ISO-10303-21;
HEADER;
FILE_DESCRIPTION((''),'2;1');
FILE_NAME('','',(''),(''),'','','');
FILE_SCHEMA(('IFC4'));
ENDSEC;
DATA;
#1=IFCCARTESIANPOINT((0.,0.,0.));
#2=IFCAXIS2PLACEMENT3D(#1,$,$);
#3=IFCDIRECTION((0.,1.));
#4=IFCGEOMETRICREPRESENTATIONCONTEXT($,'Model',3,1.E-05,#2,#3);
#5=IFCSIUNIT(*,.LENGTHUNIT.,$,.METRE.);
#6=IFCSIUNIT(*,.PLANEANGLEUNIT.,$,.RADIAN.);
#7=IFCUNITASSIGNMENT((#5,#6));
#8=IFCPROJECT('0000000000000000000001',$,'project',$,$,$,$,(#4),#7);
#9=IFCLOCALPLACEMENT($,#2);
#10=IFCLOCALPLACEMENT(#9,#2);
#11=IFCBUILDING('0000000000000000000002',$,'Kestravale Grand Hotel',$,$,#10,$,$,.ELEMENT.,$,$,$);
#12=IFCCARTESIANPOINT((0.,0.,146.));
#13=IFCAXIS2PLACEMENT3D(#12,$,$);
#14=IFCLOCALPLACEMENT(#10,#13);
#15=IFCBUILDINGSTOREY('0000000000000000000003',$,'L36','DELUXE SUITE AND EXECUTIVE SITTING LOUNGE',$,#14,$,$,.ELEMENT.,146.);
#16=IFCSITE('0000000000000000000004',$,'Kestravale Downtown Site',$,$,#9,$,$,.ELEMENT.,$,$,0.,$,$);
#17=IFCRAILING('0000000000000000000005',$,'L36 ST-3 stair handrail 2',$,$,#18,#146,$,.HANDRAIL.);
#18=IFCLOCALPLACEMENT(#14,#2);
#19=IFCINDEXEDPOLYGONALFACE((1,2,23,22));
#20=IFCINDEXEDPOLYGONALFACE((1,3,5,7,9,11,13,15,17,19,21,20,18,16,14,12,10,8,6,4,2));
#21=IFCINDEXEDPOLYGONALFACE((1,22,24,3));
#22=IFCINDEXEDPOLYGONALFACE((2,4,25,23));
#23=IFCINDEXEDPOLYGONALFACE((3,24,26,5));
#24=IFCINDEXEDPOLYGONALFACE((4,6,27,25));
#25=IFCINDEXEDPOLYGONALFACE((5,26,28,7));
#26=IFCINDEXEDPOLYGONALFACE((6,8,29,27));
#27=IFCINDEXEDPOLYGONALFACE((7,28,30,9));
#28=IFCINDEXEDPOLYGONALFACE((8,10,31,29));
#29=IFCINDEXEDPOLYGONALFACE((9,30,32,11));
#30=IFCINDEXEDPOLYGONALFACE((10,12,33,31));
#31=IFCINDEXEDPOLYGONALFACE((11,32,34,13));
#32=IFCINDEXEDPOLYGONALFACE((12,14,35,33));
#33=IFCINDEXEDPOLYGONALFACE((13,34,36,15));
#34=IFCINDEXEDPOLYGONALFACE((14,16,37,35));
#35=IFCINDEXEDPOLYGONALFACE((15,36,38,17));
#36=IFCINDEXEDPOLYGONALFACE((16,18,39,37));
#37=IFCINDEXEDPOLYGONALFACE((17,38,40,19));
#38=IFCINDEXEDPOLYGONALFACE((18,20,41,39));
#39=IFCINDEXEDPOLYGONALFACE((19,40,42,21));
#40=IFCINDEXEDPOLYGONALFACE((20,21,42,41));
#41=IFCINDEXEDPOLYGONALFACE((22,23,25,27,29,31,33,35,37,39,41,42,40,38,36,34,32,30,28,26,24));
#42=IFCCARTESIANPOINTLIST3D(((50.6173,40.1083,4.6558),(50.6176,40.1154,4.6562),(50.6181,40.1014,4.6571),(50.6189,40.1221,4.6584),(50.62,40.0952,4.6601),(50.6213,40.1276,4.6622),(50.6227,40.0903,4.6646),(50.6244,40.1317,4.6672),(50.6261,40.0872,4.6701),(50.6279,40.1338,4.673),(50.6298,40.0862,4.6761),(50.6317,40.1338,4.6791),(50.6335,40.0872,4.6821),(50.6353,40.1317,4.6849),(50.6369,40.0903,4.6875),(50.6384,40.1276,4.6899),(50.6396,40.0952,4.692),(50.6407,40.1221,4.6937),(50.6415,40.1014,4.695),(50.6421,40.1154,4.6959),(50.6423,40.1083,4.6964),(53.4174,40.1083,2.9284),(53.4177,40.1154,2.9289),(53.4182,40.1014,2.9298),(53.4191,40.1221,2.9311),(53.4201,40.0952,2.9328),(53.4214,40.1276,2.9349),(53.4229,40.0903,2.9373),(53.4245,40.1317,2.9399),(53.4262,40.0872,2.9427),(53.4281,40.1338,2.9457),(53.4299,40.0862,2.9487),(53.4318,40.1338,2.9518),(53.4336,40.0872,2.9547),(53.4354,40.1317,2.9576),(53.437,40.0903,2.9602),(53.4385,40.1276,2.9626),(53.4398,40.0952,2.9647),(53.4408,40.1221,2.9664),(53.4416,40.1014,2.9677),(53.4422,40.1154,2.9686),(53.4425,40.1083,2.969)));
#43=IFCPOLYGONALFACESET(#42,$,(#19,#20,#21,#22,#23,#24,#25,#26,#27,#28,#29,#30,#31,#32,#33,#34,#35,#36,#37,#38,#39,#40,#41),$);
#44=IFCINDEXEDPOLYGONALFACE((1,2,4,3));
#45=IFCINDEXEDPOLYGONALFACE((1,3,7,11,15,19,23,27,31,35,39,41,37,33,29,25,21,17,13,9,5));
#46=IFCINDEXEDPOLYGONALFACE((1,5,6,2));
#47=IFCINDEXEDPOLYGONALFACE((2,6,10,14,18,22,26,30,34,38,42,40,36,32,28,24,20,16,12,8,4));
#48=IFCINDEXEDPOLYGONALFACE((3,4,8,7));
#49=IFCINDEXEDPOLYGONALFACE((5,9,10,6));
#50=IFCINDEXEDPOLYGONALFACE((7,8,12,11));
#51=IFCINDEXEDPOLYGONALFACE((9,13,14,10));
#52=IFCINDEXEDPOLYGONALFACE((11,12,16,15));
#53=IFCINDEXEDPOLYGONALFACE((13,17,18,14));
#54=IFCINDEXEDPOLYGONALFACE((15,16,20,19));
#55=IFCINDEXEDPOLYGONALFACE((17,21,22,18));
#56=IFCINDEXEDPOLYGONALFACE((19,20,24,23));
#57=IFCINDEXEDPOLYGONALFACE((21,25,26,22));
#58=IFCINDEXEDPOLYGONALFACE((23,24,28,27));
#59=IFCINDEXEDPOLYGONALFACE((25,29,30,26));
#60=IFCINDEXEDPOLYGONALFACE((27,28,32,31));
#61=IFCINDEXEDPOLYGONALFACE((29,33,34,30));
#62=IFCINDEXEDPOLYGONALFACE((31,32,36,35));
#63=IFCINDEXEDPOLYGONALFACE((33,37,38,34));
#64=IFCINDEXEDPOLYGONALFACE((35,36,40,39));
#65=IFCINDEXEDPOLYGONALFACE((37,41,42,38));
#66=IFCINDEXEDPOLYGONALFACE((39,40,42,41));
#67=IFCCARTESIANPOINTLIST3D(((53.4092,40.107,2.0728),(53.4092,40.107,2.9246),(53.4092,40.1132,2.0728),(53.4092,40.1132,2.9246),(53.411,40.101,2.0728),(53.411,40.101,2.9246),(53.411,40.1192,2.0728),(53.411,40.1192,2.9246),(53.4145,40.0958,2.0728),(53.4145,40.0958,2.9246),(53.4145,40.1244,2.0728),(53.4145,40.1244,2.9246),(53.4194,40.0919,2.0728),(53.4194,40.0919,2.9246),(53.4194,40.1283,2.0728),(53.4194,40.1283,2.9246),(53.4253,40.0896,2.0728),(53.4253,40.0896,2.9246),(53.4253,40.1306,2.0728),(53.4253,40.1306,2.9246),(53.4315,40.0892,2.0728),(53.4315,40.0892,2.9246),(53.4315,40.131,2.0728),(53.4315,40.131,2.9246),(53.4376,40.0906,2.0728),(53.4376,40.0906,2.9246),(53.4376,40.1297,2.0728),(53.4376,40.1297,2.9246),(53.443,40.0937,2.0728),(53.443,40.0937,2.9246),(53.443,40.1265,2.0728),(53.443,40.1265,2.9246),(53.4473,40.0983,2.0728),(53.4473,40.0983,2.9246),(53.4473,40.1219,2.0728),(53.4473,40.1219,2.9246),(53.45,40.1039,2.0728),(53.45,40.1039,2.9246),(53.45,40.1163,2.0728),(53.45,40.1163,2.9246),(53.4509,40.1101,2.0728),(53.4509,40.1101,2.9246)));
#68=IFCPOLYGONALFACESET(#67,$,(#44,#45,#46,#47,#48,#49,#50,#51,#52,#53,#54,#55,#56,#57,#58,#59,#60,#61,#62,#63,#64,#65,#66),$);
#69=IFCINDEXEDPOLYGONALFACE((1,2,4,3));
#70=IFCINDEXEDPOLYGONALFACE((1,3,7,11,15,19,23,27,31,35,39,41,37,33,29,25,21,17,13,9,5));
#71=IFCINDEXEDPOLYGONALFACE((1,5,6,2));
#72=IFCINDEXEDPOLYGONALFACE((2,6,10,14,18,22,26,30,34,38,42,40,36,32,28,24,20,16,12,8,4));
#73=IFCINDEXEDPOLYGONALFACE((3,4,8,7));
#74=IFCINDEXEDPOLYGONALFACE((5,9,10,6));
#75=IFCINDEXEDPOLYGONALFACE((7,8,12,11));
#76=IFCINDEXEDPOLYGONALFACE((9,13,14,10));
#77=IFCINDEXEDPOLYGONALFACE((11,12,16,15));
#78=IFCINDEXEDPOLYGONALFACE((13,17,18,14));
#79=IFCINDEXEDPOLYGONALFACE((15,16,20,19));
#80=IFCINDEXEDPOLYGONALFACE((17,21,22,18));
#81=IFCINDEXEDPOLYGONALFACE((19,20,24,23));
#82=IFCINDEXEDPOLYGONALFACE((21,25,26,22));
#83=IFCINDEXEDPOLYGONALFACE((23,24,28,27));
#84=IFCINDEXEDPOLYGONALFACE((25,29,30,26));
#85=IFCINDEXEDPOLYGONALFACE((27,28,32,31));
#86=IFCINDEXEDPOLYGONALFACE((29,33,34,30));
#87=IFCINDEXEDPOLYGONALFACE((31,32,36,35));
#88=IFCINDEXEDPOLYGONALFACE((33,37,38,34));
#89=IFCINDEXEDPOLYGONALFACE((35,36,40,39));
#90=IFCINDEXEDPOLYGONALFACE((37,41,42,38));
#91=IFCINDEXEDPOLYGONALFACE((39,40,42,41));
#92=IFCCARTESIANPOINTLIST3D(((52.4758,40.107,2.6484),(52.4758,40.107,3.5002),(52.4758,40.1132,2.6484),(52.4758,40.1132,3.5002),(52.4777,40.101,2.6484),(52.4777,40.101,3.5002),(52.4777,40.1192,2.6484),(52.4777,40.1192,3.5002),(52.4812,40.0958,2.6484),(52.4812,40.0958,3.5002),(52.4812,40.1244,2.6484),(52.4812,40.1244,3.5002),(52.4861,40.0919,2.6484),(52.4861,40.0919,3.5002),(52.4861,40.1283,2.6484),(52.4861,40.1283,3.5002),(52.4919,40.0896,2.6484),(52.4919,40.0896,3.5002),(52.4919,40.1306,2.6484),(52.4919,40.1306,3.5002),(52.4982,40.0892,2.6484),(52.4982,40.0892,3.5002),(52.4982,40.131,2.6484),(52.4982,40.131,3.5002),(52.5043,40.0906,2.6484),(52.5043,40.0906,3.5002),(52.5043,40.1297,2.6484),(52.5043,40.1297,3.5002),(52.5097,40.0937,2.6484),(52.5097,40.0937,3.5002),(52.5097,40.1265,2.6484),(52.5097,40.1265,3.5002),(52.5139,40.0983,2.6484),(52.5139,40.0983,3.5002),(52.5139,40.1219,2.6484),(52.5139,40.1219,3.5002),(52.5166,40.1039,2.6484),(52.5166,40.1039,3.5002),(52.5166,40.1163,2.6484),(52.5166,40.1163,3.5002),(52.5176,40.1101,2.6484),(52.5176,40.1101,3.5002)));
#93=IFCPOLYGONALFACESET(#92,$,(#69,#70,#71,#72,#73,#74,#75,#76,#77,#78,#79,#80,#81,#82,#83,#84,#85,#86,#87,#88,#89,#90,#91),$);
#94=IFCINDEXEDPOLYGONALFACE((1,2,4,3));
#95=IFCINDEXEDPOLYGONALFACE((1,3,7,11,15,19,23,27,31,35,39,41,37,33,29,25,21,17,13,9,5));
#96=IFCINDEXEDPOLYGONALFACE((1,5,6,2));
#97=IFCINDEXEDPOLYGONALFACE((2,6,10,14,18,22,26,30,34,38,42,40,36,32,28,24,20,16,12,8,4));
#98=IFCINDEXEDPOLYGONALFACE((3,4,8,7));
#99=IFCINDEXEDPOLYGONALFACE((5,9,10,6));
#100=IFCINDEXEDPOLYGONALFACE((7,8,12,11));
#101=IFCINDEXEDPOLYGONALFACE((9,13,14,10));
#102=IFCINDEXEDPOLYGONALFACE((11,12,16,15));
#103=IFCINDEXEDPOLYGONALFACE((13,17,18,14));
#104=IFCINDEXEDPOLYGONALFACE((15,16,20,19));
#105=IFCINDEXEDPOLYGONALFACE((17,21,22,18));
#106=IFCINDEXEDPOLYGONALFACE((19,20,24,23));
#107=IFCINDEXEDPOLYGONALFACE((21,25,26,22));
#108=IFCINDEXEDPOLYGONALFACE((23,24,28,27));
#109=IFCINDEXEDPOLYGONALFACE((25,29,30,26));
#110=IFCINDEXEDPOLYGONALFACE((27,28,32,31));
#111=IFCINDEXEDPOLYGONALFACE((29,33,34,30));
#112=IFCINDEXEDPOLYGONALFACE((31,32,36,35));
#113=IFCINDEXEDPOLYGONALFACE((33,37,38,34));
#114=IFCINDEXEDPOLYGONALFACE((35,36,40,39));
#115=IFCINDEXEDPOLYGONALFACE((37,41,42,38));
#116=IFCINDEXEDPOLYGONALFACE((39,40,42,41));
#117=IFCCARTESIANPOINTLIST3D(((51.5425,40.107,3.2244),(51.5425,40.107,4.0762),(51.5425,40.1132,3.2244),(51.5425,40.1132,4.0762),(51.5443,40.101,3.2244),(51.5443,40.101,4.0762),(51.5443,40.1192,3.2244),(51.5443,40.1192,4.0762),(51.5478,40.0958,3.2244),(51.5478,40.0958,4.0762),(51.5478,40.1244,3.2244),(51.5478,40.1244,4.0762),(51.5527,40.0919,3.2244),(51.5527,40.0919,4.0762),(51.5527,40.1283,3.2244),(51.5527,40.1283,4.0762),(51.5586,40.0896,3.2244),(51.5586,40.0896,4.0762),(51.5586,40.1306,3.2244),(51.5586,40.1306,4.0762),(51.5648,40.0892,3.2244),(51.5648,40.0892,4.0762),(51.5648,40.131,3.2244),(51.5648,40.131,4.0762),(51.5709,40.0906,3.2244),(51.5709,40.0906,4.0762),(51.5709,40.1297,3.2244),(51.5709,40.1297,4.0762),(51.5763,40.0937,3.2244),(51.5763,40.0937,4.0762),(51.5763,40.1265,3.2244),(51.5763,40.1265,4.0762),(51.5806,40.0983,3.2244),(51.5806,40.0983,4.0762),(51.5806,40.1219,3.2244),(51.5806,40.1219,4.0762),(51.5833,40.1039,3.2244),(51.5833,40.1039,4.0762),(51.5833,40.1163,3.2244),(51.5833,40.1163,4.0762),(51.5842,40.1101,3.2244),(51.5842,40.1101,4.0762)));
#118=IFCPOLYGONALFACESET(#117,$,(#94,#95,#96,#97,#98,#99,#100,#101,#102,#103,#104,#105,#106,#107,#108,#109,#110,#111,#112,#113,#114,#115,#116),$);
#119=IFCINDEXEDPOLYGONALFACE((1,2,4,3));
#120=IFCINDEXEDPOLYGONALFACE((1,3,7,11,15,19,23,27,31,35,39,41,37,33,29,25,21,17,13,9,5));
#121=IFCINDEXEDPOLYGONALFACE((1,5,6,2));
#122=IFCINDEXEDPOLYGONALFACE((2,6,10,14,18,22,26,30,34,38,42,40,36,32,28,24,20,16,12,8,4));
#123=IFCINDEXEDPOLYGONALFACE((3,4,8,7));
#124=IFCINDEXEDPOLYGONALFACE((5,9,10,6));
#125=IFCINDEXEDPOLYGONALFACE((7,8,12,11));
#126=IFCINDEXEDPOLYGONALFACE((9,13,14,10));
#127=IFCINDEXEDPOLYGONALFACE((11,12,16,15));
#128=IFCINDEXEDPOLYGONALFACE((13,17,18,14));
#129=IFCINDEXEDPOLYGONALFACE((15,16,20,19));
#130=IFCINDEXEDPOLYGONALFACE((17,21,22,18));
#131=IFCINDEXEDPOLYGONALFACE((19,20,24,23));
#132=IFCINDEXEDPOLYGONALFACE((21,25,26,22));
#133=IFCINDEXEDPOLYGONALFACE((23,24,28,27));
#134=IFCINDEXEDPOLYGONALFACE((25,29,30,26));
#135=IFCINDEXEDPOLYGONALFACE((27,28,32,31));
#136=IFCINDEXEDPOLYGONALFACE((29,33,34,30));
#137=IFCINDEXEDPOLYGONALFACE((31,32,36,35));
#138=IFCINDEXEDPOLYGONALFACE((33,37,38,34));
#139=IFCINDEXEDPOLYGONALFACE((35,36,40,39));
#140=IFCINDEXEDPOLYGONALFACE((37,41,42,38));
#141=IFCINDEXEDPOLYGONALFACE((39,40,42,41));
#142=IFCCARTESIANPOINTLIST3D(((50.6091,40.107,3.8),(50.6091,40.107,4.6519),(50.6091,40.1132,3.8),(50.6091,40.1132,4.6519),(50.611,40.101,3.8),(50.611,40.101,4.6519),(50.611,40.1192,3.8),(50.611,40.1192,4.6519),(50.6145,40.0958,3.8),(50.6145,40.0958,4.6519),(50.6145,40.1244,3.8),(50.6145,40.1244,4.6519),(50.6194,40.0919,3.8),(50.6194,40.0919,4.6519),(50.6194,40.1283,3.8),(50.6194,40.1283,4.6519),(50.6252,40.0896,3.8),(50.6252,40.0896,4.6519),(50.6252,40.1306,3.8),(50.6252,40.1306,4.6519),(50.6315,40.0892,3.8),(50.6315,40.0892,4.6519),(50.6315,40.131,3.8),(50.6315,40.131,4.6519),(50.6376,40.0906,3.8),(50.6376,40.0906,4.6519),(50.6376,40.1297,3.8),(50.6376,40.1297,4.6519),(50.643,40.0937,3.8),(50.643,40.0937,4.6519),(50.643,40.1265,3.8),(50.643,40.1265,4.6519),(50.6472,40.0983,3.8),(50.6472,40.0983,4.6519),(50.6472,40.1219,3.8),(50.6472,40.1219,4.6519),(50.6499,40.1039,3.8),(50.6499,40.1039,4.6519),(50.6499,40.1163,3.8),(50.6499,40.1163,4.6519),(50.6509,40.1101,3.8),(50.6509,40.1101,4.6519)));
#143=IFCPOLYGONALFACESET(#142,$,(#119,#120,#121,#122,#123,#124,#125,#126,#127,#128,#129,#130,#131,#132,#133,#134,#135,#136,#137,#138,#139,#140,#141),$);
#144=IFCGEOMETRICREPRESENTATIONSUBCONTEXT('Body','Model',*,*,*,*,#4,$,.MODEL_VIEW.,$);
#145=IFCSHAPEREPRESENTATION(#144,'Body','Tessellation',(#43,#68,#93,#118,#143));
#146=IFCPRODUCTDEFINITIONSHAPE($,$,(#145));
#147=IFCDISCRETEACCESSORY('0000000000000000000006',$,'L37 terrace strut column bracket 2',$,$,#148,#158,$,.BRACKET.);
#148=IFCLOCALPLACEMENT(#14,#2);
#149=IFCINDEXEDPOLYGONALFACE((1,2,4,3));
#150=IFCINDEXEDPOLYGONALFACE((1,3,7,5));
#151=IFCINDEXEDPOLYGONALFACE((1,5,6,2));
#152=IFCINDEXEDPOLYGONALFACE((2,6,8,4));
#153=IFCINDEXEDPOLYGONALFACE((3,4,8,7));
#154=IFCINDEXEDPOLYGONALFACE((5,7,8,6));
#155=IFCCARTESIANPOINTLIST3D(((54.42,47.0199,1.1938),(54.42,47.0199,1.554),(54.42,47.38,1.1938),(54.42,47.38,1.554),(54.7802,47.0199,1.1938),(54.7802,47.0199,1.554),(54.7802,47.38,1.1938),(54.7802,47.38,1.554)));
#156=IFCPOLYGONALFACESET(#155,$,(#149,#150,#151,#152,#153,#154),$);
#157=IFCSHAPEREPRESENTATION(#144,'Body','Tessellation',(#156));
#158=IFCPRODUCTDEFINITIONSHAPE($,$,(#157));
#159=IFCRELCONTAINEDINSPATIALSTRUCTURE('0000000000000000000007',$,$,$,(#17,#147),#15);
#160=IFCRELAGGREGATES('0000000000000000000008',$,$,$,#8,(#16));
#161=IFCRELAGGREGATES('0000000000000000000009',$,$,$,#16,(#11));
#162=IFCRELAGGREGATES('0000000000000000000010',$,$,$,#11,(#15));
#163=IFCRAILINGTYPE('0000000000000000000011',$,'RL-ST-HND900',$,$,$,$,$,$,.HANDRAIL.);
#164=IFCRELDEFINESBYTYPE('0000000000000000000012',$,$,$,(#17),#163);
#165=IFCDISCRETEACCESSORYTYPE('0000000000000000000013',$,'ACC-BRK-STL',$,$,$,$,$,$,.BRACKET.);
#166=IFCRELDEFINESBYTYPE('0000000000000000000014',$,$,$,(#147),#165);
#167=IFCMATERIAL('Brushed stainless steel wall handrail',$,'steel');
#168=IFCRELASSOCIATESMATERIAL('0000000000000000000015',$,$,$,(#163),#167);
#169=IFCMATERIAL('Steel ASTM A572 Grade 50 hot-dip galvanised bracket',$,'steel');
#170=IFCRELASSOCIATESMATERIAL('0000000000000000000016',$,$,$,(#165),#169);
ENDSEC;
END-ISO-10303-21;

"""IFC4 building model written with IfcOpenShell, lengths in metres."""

from ifc_helpers import new_model, si_unit, direction, frame, origin, origin_2d, place, context, subcontext, project, spatial, rectangle, circle, extrude, material, type_object, element, save


model = new_model("IFC4")

# Units and contexts
model_context = context("Model", 3, precision=1e-05, world=origin(), true_north=direction((0.0, 1.0)))
body_context = subcontext(model_context, "Body", "Model", "MODEL_VIEW")
ifc_project = project(units=[si_unit("LENGTHUNIT", "METRE"), si_unit("PLANEANGLEUNIT", "RADIAN")], contexts=[model_context])

# Site, building, storey
site_placement = place(None, origin())
site = spatial("IfcSite", under=ifc_project, at=site_placement, Name="Kestravale Downtown Site", CompositionType="ELEMENT", RefElevation=0.0)
building_placement = place(site_placement, origin())
building = spatial("IfcBuilding", under=site, at=building_placement, Name="Kestravale Grand Hotel", CompositionType="ELEMENT")
storey_placement = place(building_placement, frame((0.0, 0.0, 146.0)))
storey = spatial("IfcBuildingStorey", under=building, at=storey_placement, Name="L36", Description="DELUXE SUITE AND EXECUTIVE SITTING LOUNGE", CompositionType="ELEMENT", Elevation=146.0)

# Railing
ifc_material_1 = material(Name="Brushed stainless steel wall handrail", Category="steel")
railing_type_1 = type_object("IfcRailingType", Name="RL-ST-HND900", PredefinedType="HANDRAIL", material=ifc_material_1)
railing_1_placement = place(storey_placement, frame((53.4299, 40.1101, 2.0728)))
element("IfcRailing", 1, at=railing_1_placement, inside=storey, type_object=railing_type_1, Name="L36 ST-3 stair handrail 2", PredefinedType="HANDRAIL", context=body_context, shape_type="SweptSolid", body=[
    extrude(circle(Radius=0.0239, at=origin_2d()), frame((0.0, 0.0, 0.876), z_axis=(-0.85109, 0.0, 0.52502), x_axis=(0.0, -1.0, 0.0)), (0.0, 0.0, 1.0), 3.29),
    extrude(circle(Radius=0.021, at=origin_2d()), origin(), (0.0, 0.0, 1.0), 0.8518),
    extrude(circle(Radius=0.021, at=origin_2d()), frame((-0.9333, 0.0, 0.5757)), (0.0, 0.0, 1.0), 0.8518),
    extrude(circle(Radius=0.021, at=origin_2d()), frame((-1.8667, 0.0, 1.1516)), (0.0, 0.0, 1.0), 0.8518),
    extrude(circle(Radius=0.021, at=origin_2d()), frame((-2.8, 0.0, 1.7273)), (0.0, 0.0, 1.0), 0.8518),
])

# Discrete accessory
ifc_material_2 = material(Name="Steel ASTM A572 Grade 50 hot-dip galvanised bracket", Category="steel")
discrete_accessory_type = type_object("IfcDiscreteAccessoryType", Name="ACC-BRK-STL", PredefinedType="BRACKET", material=ifc_material_2)
discrete_accessory_placement = place(storey_placement, frame((54.6001, 47.2, 1.1938), z_axis=(0.0, 0.0, 1.0), x_axis=(1.0, 0.0, 0.0)))
element("IfcDiscreteAccessory", 2, at=discrete_accessory_placement, inside=storey, type_object=discrete_accessory_type, Name="L37 terrace strut column bracket 2", PredefinedType="BRACKET", context=body_context, shape_type="SweptSolid", body=[
    extrude(rectangle(XDim=0.3601, YDim=0.3601, at=origin_2d()), origin(), (0.0, 0.0, 1.0), 0.3601),
])

save(model, "model.ifc")
